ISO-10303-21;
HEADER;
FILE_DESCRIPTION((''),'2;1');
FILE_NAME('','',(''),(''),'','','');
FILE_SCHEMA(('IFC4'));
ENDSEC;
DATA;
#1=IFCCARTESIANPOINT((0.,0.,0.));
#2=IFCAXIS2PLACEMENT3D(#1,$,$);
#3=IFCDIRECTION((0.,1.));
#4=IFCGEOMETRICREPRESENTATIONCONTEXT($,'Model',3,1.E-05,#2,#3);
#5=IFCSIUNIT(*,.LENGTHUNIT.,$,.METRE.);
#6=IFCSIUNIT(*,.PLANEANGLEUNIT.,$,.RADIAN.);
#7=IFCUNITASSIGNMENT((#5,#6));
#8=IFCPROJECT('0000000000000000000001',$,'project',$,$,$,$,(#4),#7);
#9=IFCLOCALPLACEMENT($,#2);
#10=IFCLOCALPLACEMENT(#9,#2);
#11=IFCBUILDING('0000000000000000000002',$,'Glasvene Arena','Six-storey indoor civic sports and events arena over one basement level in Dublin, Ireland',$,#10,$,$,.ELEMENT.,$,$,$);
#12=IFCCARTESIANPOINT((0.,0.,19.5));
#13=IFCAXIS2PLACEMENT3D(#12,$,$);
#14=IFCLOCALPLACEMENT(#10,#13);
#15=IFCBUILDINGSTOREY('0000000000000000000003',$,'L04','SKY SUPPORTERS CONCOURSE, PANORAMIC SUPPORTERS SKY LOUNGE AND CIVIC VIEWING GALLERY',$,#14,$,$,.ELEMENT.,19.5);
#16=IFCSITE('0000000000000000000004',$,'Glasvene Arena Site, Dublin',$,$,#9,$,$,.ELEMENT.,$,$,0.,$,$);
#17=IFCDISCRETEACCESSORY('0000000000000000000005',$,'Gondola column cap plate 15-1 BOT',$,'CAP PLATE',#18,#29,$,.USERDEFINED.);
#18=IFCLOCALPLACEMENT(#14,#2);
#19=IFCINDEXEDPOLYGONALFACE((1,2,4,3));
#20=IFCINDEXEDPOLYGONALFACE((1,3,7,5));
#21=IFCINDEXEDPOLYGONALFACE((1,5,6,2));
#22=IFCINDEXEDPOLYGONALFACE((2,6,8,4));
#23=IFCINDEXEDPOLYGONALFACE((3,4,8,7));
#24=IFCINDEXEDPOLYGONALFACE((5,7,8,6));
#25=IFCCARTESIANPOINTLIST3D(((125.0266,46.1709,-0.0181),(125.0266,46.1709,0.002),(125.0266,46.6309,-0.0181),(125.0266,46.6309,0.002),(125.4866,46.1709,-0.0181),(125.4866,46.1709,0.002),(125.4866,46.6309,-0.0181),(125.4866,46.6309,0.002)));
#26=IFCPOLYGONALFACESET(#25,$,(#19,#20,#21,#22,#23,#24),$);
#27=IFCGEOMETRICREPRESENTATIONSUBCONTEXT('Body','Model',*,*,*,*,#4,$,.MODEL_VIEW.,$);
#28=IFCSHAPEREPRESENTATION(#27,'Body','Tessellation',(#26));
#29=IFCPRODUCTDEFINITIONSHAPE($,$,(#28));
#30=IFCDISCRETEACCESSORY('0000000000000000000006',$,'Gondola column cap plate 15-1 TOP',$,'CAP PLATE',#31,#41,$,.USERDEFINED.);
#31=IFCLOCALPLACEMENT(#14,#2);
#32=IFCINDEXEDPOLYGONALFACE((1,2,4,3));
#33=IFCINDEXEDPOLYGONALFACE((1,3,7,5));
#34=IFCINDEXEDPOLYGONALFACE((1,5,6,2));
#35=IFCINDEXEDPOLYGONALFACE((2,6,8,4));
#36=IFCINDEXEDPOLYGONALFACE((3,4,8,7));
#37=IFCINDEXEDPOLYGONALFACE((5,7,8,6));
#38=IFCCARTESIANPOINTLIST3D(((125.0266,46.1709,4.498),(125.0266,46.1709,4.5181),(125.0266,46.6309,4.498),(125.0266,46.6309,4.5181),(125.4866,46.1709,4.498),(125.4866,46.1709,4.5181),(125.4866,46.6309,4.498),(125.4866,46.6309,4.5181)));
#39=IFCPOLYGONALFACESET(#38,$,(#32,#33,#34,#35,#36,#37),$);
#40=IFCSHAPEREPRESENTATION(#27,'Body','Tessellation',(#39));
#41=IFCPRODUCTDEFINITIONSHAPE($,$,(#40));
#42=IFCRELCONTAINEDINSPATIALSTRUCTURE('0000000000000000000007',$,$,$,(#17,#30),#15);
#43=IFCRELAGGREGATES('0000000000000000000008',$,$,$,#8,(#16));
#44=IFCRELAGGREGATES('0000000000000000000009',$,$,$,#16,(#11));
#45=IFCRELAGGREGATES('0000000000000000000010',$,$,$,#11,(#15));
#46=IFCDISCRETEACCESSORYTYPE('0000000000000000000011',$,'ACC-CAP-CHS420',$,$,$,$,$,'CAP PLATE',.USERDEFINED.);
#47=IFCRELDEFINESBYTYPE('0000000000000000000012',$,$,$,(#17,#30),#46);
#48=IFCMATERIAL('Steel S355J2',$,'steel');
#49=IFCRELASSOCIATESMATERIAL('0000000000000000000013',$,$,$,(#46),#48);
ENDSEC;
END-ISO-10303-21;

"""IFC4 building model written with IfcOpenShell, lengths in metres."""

from ifc_helpers import new_model, si_unit, direction, frame, origin, origin_2d, place, context, subcontext, project, spatial, rectangle, extrude, material, type_object, element, save


model = new_model("IFC4")

# Units and contexts
model_context = context("Model", 3, precision=1e-05, world=origin(), true_north=direction((0.0, 1.0)))
body_context = subcontext(model_context, "Body", "Model", "MODEL_VIEW")
ifc_project = project(units=[si_unit("LENGTHUNIT", "METRE"), si_unit("PLANEANGLEUNIT", "RADIAN")], contexts=[model_context])

# Site, building, storey
site_placement = place(None, origin())
site = spatial("IfcSite", under=ifc_project, at=site_placement, Name="Glasvene Arena Site, Dublin", CompositionType="ELEMENT", RefElevation=0.0)
building_placement = place(site_placement, origin())
building = spatial("IfcBuilding", under=site, at=building_placement, Name="Glasvene Arena", Description="Six-storey indoor civic sports and events arena over one basement level in Dublin, Ireland", CompositionType="ELEMENT")
storey_placement = place(building_placement, frame((0.0, 0.0, 19.5)))
storey = spatial("IfcBuildingStorey", under=building, at=storey_placement, Name="L04", Description="SKY SUPPORTERS CONCOURSE, PANORAMIC SUPPORTERS SKY LOUNGE AND CIVIC VIEWING GALLERY", CompositionType="ELEMENT", Elevation=19.5)

# Shared definitions
ifc_material_1 = material(Name="Steel S355J2", Category="steel")

# Discrete accessories
discrete_accessory_type = type_object("IfcDiscreteAccessoryType", Name="ACC-CAP-CHS420", ElementType="CAP PLATE", PredefinedType="USERDEFINED", material=ifc_material_1)
for number, where, z_axis, x_axis, name in (
    (1, (125.2566, 46.4009, -0.0181), (0.0, 0.0, 1.0), (1.0, 0.0, 0.0), "Gondola column cap plate 15-1 BOT"),
    (2, (125.2566, 46.4009, 4.498), (0.0, 0.0, 1.0), (1.0, 0.0, 0.0), "Gondola column cap plate 15-1 TOP"),
):
    element("IfcDiscreteAccessory", number, at=place(storey_placement, frame(where, z_axis=z_axis, x_axis=x_axis)), inside=storey, type_object=discrete_accessory_type, Name=name, ObjectType="CAP PLATE", PredefinedType="USERDEFINED", context=body_context, shape_type="SweptSolid", body=[
        extrude(rectangle(XDim=0.46, YDim=0.46, at=origin_2d()), origin(), (0.0, 0.0, 1.0), 0.02),
    ])

save(model, "model.ifc")
